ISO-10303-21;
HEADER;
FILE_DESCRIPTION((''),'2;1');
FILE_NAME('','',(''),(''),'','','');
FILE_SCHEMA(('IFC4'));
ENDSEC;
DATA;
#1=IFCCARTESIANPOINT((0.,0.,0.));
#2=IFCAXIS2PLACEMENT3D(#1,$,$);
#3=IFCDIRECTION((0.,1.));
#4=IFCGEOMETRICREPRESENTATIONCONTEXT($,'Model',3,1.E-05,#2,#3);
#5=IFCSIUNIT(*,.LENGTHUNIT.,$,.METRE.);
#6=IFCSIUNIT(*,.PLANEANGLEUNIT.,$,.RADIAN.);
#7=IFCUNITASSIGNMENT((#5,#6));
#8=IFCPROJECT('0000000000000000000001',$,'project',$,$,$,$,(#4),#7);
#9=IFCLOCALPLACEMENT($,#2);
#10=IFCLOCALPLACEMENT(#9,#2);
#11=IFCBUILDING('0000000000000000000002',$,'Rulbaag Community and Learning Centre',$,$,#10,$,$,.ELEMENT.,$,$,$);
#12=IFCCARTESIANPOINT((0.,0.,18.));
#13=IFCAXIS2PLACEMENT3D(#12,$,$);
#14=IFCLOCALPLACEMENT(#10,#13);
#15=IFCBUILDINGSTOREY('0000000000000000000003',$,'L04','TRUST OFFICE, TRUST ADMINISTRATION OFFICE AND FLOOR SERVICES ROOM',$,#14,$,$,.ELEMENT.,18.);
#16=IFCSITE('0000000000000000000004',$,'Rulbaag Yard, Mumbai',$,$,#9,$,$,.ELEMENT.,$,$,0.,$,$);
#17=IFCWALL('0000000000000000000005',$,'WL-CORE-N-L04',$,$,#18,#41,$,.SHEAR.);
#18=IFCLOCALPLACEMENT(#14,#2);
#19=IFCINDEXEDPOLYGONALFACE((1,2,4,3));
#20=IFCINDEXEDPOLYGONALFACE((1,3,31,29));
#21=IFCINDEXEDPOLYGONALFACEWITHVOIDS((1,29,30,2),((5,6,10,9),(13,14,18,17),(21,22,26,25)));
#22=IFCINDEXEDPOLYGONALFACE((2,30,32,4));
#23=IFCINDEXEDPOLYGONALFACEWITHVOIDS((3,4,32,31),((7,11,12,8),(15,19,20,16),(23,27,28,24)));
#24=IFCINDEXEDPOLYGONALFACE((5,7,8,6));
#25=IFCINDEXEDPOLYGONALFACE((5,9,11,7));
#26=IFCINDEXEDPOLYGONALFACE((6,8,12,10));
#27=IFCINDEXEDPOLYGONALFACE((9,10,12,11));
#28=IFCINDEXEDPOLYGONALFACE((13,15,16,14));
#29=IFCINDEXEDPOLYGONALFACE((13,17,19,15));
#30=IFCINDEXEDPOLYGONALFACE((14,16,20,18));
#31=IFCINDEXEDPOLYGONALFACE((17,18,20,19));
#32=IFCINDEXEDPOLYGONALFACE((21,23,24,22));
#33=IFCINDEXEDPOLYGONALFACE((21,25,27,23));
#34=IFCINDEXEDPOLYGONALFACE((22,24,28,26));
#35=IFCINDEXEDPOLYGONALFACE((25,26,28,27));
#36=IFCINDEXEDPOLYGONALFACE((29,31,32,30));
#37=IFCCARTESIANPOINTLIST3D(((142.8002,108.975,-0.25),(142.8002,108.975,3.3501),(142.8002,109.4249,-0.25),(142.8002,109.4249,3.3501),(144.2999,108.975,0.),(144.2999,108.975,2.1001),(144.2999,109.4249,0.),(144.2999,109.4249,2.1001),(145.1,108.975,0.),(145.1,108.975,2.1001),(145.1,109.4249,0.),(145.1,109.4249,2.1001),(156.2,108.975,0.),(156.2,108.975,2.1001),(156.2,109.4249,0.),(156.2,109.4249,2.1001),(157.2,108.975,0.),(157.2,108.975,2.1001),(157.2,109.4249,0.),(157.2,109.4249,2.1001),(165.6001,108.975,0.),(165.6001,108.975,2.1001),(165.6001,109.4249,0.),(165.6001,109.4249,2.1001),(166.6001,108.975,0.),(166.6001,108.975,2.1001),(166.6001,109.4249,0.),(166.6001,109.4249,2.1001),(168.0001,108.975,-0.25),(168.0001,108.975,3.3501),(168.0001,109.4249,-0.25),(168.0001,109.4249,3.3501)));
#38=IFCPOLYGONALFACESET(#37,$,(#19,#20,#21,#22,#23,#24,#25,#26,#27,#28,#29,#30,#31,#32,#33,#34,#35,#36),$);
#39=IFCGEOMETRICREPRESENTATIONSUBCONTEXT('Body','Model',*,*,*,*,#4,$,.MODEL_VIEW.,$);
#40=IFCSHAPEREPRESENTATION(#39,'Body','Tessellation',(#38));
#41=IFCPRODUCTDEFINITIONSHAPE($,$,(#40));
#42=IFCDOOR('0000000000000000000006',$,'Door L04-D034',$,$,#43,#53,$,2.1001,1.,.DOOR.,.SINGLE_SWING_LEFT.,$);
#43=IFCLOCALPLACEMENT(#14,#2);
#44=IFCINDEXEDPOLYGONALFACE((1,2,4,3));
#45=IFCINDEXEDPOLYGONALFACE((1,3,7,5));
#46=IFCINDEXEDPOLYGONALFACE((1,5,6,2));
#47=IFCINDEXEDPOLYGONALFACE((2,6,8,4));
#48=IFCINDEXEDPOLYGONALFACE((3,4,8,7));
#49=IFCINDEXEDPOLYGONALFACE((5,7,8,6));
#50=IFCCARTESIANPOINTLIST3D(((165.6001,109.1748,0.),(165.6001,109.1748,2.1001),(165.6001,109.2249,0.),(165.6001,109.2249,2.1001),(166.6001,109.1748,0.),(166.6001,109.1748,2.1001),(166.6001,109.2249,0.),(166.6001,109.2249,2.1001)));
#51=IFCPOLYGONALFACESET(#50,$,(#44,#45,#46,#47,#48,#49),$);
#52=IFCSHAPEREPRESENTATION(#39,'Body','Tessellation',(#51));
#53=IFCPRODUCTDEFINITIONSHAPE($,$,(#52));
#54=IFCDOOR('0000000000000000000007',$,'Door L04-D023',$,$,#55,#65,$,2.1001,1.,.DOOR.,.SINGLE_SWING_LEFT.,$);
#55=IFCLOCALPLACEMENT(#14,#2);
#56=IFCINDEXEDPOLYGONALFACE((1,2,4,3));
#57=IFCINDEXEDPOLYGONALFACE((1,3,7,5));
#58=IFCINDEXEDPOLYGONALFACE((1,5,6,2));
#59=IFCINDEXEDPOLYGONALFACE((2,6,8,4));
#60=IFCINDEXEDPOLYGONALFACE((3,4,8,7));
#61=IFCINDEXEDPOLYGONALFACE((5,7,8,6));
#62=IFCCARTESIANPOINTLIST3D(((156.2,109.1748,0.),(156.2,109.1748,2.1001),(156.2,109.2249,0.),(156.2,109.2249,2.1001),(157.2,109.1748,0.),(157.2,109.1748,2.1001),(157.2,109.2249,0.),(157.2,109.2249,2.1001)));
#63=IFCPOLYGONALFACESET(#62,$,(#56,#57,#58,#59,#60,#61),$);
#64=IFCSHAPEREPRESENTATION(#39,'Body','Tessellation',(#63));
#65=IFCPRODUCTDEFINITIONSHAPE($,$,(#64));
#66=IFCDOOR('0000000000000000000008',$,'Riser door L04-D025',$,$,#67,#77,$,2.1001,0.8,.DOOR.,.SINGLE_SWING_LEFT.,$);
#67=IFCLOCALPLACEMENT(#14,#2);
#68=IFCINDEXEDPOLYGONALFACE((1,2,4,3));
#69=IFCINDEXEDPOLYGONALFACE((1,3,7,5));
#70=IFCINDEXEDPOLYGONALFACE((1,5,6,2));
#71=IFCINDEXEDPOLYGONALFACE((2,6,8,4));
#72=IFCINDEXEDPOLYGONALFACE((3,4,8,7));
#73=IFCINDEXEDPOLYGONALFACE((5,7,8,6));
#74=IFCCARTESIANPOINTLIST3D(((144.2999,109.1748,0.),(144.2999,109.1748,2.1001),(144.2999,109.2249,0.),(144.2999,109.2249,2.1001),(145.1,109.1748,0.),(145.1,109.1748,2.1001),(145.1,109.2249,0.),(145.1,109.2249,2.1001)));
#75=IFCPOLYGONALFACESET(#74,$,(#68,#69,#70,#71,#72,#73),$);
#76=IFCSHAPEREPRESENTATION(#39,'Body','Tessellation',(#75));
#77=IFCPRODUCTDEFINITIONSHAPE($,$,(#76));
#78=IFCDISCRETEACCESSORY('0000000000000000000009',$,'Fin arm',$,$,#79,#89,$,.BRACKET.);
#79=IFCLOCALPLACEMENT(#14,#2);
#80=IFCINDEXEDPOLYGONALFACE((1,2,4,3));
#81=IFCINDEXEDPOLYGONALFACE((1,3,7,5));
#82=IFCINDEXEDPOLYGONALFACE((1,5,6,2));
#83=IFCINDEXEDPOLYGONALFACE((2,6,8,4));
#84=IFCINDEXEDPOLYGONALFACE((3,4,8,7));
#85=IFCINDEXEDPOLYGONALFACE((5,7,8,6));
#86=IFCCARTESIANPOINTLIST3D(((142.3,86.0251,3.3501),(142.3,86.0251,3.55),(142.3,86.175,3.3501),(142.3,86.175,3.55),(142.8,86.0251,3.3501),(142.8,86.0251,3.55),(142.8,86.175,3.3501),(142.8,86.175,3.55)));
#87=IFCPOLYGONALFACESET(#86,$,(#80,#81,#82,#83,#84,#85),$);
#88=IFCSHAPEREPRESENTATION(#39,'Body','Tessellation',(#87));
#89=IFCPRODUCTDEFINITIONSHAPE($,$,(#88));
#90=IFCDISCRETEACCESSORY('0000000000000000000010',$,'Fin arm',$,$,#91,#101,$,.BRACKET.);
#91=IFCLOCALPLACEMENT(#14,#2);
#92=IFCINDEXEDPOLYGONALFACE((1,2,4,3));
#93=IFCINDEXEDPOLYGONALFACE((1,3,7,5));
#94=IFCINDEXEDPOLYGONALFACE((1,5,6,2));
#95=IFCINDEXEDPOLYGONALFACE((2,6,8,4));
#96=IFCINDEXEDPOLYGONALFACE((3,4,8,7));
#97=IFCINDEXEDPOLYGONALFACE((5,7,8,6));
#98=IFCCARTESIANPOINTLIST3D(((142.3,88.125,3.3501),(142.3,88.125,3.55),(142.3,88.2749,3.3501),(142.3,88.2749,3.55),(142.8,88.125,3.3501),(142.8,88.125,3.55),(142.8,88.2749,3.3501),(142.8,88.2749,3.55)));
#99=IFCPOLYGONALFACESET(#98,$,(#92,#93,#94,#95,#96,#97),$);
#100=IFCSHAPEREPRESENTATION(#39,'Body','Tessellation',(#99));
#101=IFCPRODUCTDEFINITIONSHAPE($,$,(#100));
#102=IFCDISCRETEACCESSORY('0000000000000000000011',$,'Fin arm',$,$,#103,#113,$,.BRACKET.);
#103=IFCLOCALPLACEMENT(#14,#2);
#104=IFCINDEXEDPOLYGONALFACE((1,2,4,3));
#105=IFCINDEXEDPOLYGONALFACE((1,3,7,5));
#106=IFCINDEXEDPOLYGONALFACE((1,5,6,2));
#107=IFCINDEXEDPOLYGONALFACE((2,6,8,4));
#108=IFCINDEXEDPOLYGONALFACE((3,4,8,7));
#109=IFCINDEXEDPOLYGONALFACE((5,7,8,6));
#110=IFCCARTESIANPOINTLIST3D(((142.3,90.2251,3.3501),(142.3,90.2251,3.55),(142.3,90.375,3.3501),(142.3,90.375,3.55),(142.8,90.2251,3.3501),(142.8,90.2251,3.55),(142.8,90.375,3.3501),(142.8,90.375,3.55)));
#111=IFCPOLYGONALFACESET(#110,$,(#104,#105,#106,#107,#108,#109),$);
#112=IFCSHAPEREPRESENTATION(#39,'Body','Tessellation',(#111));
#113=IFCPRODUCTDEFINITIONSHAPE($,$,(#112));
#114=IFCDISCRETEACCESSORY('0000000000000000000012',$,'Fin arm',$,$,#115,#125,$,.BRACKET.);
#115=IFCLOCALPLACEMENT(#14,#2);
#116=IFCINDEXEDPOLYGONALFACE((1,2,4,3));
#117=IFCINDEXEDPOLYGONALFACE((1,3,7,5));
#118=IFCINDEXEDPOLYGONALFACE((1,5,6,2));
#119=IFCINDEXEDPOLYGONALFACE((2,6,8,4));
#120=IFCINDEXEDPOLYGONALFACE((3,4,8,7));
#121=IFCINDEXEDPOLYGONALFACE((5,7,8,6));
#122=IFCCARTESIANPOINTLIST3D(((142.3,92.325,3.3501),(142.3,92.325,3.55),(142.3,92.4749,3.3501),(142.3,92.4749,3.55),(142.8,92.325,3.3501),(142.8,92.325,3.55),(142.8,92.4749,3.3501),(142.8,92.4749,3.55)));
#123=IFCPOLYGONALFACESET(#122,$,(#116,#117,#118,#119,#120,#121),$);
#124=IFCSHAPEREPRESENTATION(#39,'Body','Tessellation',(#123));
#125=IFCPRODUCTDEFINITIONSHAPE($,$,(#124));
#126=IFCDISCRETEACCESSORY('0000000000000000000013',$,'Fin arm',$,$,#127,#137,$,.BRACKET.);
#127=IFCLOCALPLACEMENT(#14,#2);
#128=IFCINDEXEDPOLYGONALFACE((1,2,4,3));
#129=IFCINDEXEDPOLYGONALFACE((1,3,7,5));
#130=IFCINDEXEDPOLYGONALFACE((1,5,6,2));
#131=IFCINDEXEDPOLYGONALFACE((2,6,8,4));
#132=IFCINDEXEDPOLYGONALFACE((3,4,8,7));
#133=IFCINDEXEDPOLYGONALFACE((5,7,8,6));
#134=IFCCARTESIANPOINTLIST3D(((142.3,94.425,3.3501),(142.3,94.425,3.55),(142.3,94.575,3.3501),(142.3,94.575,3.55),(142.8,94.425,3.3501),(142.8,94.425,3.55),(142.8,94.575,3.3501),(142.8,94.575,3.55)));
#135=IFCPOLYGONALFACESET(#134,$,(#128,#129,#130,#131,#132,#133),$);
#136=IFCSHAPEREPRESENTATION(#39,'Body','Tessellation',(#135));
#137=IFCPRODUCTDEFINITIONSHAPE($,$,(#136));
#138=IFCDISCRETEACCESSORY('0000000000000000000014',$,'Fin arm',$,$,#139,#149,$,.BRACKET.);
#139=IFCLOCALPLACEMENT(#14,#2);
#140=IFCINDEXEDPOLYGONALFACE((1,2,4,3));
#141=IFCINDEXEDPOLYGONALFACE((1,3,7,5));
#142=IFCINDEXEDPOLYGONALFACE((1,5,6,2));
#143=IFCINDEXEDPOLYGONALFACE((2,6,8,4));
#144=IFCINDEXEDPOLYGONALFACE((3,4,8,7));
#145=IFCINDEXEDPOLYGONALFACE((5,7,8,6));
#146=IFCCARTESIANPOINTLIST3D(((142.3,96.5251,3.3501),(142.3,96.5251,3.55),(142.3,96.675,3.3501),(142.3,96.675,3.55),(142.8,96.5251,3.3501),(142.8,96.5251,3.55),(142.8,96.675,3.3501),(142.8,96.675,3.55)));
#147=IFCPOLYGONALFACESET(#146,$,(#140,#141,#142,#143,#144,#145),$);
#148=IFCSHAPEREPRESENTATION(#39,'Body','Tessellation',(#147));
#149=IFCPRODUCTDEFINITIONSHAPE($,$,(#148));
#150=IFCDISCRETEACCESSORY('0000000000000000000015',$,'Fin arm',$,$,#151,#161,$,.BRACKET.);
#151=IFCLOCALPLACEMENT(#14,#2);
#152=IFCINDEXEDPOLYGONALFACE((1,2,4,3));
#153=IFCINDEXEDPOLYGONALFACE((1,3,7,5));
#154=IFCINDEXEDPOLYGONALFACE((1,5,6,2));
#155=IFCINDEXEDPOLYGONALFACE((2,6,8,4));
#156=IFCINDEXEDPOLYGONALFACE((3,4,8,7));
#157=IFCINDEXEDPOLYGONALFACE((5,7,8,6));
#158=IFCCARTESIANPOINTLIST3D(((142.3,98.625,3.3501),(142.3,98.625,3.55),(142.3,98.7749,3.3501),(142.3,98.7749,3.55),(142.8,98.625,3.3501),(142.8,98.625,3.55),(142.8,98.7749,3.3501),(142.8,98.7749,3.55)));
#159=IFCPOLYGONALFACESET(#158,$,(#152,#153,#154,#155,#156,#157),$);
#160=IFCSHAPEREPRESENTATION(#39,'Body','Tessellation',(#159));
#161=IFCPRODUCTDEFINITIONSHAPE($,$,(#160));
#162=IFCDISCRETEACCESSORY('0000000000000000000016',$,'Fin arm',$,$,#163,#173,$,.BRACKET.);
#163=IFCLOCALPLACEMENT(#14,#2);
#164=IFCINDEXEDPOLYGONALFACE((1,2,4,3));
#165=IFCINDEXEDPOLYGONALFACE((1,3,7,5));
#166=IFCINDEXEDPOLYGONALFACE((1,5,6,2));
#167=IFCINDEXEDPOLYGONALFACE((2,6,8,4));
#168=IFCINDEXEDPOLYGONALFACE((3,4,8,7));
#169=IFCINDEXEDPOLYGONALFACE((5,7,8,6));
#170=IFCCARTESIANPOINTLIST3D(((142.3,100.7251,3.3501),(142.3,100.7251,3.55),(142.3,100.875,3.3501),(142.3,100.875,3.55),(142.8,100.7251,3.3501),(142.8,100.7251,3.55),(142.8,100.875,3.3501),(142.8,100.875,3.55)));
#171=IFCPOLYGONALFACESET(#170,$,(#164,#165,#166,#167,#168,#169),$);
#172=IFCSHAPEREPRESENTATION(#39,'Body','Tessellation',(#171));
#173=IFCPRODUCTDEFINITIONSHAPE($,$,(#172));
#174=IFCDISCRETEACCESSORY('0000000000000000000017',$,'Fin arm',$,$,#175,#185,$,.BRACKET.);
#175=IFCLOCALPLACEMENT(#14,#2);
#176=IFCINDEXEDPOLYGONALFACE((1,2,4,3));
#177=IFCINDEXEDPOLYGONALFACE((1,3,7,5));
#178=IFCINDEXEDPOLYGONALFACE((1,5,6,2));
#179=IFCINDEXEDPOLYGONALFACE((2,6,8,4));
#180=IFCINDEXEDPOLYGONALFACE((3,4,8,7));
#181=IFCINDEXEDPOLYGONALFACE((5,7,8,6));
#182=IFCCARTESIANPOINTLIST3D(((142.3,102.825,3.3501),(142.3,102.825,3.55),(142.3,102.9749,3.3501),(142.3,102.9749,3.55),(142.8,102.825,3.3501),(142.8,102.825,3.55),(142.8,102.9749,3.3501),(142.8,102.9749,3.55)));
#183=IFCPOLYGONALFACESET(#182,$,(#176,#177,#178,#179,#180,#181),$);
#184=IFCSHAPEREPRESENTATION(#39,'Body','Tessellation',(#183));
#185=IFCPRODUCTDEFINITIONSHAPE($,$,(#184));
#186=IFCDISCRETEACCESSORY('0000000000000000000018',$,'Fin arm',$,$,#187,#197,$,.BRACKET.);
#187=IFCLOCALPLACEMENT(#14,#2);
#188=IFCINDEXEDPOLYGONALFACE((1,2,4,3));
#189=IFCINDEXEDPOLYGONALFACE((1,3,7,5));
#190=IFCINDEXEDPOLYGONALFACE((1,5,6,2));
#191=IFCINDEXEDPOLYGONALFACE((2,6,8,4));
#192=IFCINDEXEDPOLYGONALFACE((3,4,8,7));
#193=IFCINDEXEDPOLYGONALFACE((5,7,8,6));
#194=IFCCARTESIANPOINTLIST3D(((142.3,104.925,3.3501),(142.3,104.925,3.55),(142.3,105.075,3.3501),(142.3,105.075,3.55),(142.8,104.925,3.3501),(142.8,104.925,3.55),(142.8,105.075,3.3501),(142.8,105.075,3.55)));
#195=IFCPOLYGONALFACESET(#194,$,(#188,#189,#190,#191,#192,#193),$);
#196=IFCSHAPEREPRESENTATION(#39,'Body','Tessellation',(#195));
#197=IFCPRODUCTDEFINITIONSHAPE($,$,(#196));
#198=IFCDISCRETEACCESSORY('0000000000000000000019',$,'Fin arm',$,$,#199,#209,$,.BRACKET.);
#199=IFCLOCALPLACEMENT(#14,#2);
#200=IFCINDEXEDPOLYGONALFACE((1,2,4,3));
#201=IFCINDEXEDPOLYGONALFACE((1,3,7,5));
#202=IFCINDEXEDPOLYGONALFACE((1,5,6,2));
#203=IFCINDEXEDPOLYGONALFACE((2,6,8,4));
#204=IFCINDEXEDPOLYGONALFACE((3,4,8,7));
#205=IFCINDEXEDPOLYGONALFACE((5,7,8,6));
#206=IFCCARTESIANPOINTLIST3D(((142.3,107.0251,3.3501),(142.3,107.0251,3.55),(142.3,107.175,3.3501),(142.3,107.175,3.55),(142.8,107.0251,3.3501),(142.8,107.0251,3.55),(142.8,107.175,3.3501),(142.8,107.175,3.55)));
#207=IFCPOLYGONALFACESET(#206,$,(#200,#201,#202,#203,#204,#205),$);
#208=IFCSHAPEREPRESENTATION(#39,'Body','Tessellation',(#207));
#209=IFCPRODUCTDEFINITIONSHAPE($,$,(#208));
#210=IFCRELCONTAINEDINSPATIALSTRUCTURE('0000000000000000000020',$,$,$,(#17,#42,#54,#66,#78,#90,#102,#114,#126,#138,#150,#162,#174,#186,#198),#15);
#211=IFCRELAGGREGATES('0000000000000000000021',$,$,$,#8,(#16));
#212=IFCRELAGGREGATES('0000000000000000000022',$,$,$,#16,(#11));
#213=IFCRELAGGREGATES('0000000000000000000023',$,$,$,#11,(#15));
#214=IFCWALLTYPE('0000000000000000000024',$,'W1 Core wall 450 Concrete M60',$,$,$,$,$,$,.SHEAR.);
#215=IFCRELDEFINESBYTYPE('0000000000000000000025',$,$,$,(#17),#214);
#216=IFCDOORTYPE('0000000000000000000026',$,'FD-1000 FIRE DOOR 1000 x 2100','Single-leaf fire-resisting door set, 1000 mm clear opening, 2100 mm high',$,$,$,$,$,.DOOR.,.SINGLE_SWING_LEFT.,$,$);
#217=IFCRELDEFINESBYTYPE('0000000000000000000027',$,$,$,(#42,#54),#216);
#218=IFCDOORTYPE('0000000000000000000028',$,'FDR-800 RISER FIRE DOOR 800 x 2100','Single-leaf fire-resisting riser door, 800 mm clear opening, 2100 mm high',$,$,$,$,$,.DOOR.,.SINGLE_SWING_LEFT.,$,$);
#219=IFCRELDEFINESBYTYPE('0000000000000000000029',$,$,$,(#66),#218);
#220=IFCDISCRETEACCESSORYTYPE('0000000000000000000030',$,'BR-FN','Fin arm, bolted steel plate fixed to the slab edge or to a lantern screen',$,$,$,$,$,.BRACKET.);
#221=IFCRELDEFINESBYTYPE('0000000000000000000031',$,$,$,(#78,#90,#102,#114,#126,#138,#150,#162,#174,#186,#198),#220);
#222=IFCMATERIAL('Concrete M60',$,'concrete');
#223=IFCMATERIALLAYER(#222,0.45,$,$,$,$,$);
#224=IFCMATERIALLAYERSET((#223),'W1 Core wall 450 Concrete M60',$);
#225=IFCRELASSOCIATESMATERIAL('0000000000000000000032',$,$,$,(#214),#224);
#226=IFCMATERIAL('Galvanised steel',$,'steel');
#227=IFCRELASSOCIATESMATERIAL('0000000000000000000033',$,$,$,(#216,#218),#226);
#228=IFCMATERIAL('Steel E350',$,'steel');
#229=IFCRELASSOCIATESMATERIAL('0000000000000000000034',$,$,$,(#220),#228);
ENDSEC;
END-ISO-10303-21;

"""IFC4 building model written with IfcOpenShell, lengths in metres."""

from ifc_helpers import new_model, si_unit, direction, frame, frame_2d, origin, origin_2d, place, context, subcontext, project, spatial, rectangle, extrude, material, layer, layer_set, type_object, element, fill, save


model = new_model("IFC4")

# Units and contexts
model_context = context("Model", 3, precision=1e-05, world=origin(), true_north=direction((0.0, 1.0)))
body_context = subcontext(model_context, "Body", "Model", "MODEL_VIEW")
ifc_project = project(units=[si_unit("LENGTHUNIT", "METRE"), si_unit("PLANEANGLEUNIT", "RADIAN")], contexts=[model_context])

# Site, building, storey
site_placement = place(None, origin())
site = spatial("IfcSite", under=ifc_project, at=site_placement, Name="Rulbaag Yard, Mumbai", CompositionType="ELEMENT", RefElevation=0.0)
building_placement = place(site_placement, origin())
building = spatial("IfcBuilding", under=site, at=building_placement, Name="Rulbaag Community and Learning Centre", CompositionType="ELEMENT")
storey_placement = place(building_placement, frame((0.0, 0.0, 18.0)))
storey = spatial("IfcBuildingStorey", under=building, at=storey_placement, Name="L04", Description="TRUST OFFICE, TRUST ADMINISTRATION OFFICE AND FLOOR SERVICES ROOM", CompositionType="ELEMENT", Elevation=18.0)

# Shared definitions
ifc_material_1 = material(Name="Concrete M60", Category="concrete")

# Wall, openings, doors
ifc_layer_1 = layer(ifc_material_1, 0.45)
ifc_layer_set_1 = layer_set([ifc_layer_1], Name="W1 Core wall 450 Concrete M60")
wall_type_1 = type_object("IfcWallType", Name="W1 Core wall 450 Concrete M60", PredefinedType="SHEAR", material=ifc_layer_set_1)
ifc_material_2 = material(Name="Galvanised steel", Category="steel")
door_type_1 = type_object("IfcDoorType", Name="FD-1000 FIRE DOOR 1000 x 2100", Description="Single-leaf fire-resisting door set, 1000 mm clear opening, 2100 mm high", OperationType="SINGLE_SWING_LEFT", PredefinedType="DOOR", material=ifc_material_2)
wall_1_placement = place(storey_placement, frame((142.8, 109.2, -0.25), z_axis=(0.0, 0.0, 1.0), x_axis=(1.0, 0.0, 0.0)))
wall_1 = element("IfcWall", 1, at=wall_1_placement, inside=storey, type_object=wall_type_1, Name="WL-CORE-N-L04", PredefinedType="SHEAR", context=body_context, shape_type="SweptSolid", body=[
    extrude(rectangle(XDim=25.2, YDim=0.45, at=frame_2d((12.6001, 0.0))), origin(), (0.0, 0.0, 1.0), 3.6001),
])
opening_1_placement = place(wall_1_placement, frame((22.8, 0.0, 0.25)))
opening_1 = element("IfcOpeningElement", 2, at=opening_1_placement, cuts=wall_1, PredefinedType="OPENING", context=body_context, shape_type="SweptSolid", body=[
    extrude(rectangle(XDim=1.0, YDim=2.1001, at=frame_2d((0.5, 1.05))), frame((0.0, 0.2349, 0.0), z_axis=(0.0, -1.0, 0.0), x_axis=(1.0, 0.0, 0.0)), (0.0, 0.0, 1.0), 0.47),
])
opening_2_placement = place(wall_1_placement, frame((1.5, 0.0, 0.25)))
opening_2 = element("IfcOpeningElement", 3, at=opening_2_placement, cuts=wall_1, PredefinedType="OPENING", context=body_context, shape_type="SweptSolid", body=[
    extrude(rectangle(XDim=0.8, YDim=2.1001, at=frame_2d((0.3999, 1.05))), frame((0.0, 0.2349, 0.0), z_axis=(0.0, -1.0, 0.0), x_axis=(1.0, 0.0, 0.0)), (0.0, 0.0, 1.0), 0.47),
])
opening_3_placement = place(wall_1_placement, frame((13.3999, 0.0, 0.25)))
opening_3 = element("IfcOpeningElement", 4, at=opening_3_placement, cuts=wall_1, PredefinedType="OPENING", context=body_context, shape_type="SweptSolid", body=[
    extrude(rectangle(XDim=1.0, YDim=2.1001, at=frame_2d((0.5, 1.05))), frame((0.0, 0.2349, 0.0), z_axis=(0.0, -1.0, 0.0), x_axis=(1.0, 0.0, 0.0)), (0.0, 0.0, 1.0), 0.47),
])
door_1_placement = place(opening_1_placement, origin())
door_1 = element("IfcDoor", 5, at=door_1_placement, inside=storey, type_object=door_type_1, Name="Door L04-D034", OperationType="SINGLE_SWING_LEFT", OverallHeight=2.1001, OverallWidth=1.0, PredefinedType="DOOR", context=body_context, shape_type="SweptSolid", body=[
    extrude(rectangle(XDim=1.0, YDim=2.1001, at=frame_2d((0.5, 1.05))), frame((0.0, 0.0249, 0.0), z_axis=(0.0, -1.0, 0.0), x_axis=(1.0, 0.0, 0.0)), (0.0, 0.0, 1.0), 0.05),
])
fill(opening_1, door_1)
door_2_placement = place(opening_3_placement, origin())
door_2 = element("IfcDoor", 6, at=door_2_placement, inside=storey, type_object=door_type_1, Name="Door L04-D023", OperationType="SINGLE_SWING_LEFT", OverallHeight=2.1001, OverallWidth=1.0, PredefinedType="DOOR", context=body_context, shape_type="SweptSolid", body=[
    extrude(rectangle(XDim=1.0, YDim=2.1001, at=frame_2d((0.5, 1.05))), frame((0.0, 0.0249, 0.0), z_axis=(0.0, -1.0, 0.0), x_axis=(1.0, 0.0, 0.0)), (0.0, 0.0, 1.0), 0.05),
])
fill(opening_3, door_2)
door_type_2 = type_object("IfcDoorType", Name="FDR-800 RISER FIRE DOOR 800 x 2100", Description="Single-leaf fire-resisting riser door, 800 mm clear opening, 2100 mm high", OperationType="SINGLE_SWING_LEFT", PredefinedType="DOOR", material=ifc_material_2)
door_3_placement = place(opening_2_placement, origin())
door_3 = element("IfcDoor", 7, at=door_3_placement, inside=storey, type_object=door_type_2, Name="Riser door L04-D025", OperationType="SINGLE_SWING_LEFT", OverallHeight=2.1001, OverallWidth=0.8, PredefinedType="DOOR", context=body_context, shape_type="SweptSolid", body=[
    extrude(rectangle(XDim=0.8, YDim=2.1001, at=frame_2d((0.3999, 1.05))), frame((0.0, 0.0249, 0.0), z_axis=(0.0, -1.0, 0.0), x_axis=(1.0, 0.0, 0.0)), (0.0, 0.0, 1.0), 0.05),
])
fill(opening_2, door_3)

# Discrete accessories
ifc_material_3 = material(Name="Steel E350", Category="steel")
discrete_accessory_type = type_object("IfcDiscreteAccessoryType", Name="BR-FN", Description="Fin arm, bolted steel plate fixed to the slab edge or to a lantern screen", PredefinedType="BRACKET", material=ifc_material_3)
for number, where, z_axis, x_axis, name in (
    (8, (142.55, 86.1001, 3.3501), (0.0, 0.0, 1.0), (1.0, 0.0, 0.0), "Fin arm"),
    (9, (142.55, 88.2, 3.3501), (0.0, 0.0, 1.0), (1.0, 0.0, 0.0), "Fin arm"),
    (10, (142.55, 90.3, 3.3501), (0.0, 0.0, 1.0), (1.0, 0.0, 0.0), "Fin arm"),
    (11, (142.55, 92.3999, 3.3501), (0.0, 0.0, 1.0), (1.0, 0.0, 0.0), "Fin arm"),
    (12, (142.55, 94.5, 3.3501), (0.0, 0.0, 1.0), (1.0, 0.0, 0.0), "Fin arm"),
    (13, (142.55, 96.6001, 3.3501), (0.0, 0.0, 1.0), (1.0, 0.0, 0.0), "Fin arm"),
    (14, (142.55, 98.7, 3.3501), (0.0, 0.0, 1.0), (1.0, 0.0, 0.0), "Fin arm"),
    (15, (142.55, 100.8, 3.3501), (0.0, 0.0, 1.0), (1.0, 0.0, 0.0), "Fin arm"),
    (16, (142.55, 102.8999, 3.3501), (0.0, 0.0, 1.0), (1.0, 0.0, 0.0), "Fin arm"),
    (17, (142.55, 105.0, 3.3501), (0.0, 0.0, 1.0), (1.0, 0.0, 0.0), "Fin arm"),
    (18, (142.55, 107.1001, 3.3501), (0.0, 0.0, 1.0), (1.0, 0.0, 0.0), "Fin arm"),
):
    element("IfcDiscreteAccessory", number, at=place(storey_placement, frame(where, z_axis=z_axis, x_axis=x_axis)), inside=storey, type_object=discrete_accessory_type, Name=name, PredefinedType="BRACKET", context=body_context, shape_type="SweptSolid", body=[
        extrude(rectangle(XDim=0.5, YDim=0.1499, at=origin_2d()), origin(), (0.0, 0.0, 1.0), 0.2),
    ])

save(model, "model.ifc")
